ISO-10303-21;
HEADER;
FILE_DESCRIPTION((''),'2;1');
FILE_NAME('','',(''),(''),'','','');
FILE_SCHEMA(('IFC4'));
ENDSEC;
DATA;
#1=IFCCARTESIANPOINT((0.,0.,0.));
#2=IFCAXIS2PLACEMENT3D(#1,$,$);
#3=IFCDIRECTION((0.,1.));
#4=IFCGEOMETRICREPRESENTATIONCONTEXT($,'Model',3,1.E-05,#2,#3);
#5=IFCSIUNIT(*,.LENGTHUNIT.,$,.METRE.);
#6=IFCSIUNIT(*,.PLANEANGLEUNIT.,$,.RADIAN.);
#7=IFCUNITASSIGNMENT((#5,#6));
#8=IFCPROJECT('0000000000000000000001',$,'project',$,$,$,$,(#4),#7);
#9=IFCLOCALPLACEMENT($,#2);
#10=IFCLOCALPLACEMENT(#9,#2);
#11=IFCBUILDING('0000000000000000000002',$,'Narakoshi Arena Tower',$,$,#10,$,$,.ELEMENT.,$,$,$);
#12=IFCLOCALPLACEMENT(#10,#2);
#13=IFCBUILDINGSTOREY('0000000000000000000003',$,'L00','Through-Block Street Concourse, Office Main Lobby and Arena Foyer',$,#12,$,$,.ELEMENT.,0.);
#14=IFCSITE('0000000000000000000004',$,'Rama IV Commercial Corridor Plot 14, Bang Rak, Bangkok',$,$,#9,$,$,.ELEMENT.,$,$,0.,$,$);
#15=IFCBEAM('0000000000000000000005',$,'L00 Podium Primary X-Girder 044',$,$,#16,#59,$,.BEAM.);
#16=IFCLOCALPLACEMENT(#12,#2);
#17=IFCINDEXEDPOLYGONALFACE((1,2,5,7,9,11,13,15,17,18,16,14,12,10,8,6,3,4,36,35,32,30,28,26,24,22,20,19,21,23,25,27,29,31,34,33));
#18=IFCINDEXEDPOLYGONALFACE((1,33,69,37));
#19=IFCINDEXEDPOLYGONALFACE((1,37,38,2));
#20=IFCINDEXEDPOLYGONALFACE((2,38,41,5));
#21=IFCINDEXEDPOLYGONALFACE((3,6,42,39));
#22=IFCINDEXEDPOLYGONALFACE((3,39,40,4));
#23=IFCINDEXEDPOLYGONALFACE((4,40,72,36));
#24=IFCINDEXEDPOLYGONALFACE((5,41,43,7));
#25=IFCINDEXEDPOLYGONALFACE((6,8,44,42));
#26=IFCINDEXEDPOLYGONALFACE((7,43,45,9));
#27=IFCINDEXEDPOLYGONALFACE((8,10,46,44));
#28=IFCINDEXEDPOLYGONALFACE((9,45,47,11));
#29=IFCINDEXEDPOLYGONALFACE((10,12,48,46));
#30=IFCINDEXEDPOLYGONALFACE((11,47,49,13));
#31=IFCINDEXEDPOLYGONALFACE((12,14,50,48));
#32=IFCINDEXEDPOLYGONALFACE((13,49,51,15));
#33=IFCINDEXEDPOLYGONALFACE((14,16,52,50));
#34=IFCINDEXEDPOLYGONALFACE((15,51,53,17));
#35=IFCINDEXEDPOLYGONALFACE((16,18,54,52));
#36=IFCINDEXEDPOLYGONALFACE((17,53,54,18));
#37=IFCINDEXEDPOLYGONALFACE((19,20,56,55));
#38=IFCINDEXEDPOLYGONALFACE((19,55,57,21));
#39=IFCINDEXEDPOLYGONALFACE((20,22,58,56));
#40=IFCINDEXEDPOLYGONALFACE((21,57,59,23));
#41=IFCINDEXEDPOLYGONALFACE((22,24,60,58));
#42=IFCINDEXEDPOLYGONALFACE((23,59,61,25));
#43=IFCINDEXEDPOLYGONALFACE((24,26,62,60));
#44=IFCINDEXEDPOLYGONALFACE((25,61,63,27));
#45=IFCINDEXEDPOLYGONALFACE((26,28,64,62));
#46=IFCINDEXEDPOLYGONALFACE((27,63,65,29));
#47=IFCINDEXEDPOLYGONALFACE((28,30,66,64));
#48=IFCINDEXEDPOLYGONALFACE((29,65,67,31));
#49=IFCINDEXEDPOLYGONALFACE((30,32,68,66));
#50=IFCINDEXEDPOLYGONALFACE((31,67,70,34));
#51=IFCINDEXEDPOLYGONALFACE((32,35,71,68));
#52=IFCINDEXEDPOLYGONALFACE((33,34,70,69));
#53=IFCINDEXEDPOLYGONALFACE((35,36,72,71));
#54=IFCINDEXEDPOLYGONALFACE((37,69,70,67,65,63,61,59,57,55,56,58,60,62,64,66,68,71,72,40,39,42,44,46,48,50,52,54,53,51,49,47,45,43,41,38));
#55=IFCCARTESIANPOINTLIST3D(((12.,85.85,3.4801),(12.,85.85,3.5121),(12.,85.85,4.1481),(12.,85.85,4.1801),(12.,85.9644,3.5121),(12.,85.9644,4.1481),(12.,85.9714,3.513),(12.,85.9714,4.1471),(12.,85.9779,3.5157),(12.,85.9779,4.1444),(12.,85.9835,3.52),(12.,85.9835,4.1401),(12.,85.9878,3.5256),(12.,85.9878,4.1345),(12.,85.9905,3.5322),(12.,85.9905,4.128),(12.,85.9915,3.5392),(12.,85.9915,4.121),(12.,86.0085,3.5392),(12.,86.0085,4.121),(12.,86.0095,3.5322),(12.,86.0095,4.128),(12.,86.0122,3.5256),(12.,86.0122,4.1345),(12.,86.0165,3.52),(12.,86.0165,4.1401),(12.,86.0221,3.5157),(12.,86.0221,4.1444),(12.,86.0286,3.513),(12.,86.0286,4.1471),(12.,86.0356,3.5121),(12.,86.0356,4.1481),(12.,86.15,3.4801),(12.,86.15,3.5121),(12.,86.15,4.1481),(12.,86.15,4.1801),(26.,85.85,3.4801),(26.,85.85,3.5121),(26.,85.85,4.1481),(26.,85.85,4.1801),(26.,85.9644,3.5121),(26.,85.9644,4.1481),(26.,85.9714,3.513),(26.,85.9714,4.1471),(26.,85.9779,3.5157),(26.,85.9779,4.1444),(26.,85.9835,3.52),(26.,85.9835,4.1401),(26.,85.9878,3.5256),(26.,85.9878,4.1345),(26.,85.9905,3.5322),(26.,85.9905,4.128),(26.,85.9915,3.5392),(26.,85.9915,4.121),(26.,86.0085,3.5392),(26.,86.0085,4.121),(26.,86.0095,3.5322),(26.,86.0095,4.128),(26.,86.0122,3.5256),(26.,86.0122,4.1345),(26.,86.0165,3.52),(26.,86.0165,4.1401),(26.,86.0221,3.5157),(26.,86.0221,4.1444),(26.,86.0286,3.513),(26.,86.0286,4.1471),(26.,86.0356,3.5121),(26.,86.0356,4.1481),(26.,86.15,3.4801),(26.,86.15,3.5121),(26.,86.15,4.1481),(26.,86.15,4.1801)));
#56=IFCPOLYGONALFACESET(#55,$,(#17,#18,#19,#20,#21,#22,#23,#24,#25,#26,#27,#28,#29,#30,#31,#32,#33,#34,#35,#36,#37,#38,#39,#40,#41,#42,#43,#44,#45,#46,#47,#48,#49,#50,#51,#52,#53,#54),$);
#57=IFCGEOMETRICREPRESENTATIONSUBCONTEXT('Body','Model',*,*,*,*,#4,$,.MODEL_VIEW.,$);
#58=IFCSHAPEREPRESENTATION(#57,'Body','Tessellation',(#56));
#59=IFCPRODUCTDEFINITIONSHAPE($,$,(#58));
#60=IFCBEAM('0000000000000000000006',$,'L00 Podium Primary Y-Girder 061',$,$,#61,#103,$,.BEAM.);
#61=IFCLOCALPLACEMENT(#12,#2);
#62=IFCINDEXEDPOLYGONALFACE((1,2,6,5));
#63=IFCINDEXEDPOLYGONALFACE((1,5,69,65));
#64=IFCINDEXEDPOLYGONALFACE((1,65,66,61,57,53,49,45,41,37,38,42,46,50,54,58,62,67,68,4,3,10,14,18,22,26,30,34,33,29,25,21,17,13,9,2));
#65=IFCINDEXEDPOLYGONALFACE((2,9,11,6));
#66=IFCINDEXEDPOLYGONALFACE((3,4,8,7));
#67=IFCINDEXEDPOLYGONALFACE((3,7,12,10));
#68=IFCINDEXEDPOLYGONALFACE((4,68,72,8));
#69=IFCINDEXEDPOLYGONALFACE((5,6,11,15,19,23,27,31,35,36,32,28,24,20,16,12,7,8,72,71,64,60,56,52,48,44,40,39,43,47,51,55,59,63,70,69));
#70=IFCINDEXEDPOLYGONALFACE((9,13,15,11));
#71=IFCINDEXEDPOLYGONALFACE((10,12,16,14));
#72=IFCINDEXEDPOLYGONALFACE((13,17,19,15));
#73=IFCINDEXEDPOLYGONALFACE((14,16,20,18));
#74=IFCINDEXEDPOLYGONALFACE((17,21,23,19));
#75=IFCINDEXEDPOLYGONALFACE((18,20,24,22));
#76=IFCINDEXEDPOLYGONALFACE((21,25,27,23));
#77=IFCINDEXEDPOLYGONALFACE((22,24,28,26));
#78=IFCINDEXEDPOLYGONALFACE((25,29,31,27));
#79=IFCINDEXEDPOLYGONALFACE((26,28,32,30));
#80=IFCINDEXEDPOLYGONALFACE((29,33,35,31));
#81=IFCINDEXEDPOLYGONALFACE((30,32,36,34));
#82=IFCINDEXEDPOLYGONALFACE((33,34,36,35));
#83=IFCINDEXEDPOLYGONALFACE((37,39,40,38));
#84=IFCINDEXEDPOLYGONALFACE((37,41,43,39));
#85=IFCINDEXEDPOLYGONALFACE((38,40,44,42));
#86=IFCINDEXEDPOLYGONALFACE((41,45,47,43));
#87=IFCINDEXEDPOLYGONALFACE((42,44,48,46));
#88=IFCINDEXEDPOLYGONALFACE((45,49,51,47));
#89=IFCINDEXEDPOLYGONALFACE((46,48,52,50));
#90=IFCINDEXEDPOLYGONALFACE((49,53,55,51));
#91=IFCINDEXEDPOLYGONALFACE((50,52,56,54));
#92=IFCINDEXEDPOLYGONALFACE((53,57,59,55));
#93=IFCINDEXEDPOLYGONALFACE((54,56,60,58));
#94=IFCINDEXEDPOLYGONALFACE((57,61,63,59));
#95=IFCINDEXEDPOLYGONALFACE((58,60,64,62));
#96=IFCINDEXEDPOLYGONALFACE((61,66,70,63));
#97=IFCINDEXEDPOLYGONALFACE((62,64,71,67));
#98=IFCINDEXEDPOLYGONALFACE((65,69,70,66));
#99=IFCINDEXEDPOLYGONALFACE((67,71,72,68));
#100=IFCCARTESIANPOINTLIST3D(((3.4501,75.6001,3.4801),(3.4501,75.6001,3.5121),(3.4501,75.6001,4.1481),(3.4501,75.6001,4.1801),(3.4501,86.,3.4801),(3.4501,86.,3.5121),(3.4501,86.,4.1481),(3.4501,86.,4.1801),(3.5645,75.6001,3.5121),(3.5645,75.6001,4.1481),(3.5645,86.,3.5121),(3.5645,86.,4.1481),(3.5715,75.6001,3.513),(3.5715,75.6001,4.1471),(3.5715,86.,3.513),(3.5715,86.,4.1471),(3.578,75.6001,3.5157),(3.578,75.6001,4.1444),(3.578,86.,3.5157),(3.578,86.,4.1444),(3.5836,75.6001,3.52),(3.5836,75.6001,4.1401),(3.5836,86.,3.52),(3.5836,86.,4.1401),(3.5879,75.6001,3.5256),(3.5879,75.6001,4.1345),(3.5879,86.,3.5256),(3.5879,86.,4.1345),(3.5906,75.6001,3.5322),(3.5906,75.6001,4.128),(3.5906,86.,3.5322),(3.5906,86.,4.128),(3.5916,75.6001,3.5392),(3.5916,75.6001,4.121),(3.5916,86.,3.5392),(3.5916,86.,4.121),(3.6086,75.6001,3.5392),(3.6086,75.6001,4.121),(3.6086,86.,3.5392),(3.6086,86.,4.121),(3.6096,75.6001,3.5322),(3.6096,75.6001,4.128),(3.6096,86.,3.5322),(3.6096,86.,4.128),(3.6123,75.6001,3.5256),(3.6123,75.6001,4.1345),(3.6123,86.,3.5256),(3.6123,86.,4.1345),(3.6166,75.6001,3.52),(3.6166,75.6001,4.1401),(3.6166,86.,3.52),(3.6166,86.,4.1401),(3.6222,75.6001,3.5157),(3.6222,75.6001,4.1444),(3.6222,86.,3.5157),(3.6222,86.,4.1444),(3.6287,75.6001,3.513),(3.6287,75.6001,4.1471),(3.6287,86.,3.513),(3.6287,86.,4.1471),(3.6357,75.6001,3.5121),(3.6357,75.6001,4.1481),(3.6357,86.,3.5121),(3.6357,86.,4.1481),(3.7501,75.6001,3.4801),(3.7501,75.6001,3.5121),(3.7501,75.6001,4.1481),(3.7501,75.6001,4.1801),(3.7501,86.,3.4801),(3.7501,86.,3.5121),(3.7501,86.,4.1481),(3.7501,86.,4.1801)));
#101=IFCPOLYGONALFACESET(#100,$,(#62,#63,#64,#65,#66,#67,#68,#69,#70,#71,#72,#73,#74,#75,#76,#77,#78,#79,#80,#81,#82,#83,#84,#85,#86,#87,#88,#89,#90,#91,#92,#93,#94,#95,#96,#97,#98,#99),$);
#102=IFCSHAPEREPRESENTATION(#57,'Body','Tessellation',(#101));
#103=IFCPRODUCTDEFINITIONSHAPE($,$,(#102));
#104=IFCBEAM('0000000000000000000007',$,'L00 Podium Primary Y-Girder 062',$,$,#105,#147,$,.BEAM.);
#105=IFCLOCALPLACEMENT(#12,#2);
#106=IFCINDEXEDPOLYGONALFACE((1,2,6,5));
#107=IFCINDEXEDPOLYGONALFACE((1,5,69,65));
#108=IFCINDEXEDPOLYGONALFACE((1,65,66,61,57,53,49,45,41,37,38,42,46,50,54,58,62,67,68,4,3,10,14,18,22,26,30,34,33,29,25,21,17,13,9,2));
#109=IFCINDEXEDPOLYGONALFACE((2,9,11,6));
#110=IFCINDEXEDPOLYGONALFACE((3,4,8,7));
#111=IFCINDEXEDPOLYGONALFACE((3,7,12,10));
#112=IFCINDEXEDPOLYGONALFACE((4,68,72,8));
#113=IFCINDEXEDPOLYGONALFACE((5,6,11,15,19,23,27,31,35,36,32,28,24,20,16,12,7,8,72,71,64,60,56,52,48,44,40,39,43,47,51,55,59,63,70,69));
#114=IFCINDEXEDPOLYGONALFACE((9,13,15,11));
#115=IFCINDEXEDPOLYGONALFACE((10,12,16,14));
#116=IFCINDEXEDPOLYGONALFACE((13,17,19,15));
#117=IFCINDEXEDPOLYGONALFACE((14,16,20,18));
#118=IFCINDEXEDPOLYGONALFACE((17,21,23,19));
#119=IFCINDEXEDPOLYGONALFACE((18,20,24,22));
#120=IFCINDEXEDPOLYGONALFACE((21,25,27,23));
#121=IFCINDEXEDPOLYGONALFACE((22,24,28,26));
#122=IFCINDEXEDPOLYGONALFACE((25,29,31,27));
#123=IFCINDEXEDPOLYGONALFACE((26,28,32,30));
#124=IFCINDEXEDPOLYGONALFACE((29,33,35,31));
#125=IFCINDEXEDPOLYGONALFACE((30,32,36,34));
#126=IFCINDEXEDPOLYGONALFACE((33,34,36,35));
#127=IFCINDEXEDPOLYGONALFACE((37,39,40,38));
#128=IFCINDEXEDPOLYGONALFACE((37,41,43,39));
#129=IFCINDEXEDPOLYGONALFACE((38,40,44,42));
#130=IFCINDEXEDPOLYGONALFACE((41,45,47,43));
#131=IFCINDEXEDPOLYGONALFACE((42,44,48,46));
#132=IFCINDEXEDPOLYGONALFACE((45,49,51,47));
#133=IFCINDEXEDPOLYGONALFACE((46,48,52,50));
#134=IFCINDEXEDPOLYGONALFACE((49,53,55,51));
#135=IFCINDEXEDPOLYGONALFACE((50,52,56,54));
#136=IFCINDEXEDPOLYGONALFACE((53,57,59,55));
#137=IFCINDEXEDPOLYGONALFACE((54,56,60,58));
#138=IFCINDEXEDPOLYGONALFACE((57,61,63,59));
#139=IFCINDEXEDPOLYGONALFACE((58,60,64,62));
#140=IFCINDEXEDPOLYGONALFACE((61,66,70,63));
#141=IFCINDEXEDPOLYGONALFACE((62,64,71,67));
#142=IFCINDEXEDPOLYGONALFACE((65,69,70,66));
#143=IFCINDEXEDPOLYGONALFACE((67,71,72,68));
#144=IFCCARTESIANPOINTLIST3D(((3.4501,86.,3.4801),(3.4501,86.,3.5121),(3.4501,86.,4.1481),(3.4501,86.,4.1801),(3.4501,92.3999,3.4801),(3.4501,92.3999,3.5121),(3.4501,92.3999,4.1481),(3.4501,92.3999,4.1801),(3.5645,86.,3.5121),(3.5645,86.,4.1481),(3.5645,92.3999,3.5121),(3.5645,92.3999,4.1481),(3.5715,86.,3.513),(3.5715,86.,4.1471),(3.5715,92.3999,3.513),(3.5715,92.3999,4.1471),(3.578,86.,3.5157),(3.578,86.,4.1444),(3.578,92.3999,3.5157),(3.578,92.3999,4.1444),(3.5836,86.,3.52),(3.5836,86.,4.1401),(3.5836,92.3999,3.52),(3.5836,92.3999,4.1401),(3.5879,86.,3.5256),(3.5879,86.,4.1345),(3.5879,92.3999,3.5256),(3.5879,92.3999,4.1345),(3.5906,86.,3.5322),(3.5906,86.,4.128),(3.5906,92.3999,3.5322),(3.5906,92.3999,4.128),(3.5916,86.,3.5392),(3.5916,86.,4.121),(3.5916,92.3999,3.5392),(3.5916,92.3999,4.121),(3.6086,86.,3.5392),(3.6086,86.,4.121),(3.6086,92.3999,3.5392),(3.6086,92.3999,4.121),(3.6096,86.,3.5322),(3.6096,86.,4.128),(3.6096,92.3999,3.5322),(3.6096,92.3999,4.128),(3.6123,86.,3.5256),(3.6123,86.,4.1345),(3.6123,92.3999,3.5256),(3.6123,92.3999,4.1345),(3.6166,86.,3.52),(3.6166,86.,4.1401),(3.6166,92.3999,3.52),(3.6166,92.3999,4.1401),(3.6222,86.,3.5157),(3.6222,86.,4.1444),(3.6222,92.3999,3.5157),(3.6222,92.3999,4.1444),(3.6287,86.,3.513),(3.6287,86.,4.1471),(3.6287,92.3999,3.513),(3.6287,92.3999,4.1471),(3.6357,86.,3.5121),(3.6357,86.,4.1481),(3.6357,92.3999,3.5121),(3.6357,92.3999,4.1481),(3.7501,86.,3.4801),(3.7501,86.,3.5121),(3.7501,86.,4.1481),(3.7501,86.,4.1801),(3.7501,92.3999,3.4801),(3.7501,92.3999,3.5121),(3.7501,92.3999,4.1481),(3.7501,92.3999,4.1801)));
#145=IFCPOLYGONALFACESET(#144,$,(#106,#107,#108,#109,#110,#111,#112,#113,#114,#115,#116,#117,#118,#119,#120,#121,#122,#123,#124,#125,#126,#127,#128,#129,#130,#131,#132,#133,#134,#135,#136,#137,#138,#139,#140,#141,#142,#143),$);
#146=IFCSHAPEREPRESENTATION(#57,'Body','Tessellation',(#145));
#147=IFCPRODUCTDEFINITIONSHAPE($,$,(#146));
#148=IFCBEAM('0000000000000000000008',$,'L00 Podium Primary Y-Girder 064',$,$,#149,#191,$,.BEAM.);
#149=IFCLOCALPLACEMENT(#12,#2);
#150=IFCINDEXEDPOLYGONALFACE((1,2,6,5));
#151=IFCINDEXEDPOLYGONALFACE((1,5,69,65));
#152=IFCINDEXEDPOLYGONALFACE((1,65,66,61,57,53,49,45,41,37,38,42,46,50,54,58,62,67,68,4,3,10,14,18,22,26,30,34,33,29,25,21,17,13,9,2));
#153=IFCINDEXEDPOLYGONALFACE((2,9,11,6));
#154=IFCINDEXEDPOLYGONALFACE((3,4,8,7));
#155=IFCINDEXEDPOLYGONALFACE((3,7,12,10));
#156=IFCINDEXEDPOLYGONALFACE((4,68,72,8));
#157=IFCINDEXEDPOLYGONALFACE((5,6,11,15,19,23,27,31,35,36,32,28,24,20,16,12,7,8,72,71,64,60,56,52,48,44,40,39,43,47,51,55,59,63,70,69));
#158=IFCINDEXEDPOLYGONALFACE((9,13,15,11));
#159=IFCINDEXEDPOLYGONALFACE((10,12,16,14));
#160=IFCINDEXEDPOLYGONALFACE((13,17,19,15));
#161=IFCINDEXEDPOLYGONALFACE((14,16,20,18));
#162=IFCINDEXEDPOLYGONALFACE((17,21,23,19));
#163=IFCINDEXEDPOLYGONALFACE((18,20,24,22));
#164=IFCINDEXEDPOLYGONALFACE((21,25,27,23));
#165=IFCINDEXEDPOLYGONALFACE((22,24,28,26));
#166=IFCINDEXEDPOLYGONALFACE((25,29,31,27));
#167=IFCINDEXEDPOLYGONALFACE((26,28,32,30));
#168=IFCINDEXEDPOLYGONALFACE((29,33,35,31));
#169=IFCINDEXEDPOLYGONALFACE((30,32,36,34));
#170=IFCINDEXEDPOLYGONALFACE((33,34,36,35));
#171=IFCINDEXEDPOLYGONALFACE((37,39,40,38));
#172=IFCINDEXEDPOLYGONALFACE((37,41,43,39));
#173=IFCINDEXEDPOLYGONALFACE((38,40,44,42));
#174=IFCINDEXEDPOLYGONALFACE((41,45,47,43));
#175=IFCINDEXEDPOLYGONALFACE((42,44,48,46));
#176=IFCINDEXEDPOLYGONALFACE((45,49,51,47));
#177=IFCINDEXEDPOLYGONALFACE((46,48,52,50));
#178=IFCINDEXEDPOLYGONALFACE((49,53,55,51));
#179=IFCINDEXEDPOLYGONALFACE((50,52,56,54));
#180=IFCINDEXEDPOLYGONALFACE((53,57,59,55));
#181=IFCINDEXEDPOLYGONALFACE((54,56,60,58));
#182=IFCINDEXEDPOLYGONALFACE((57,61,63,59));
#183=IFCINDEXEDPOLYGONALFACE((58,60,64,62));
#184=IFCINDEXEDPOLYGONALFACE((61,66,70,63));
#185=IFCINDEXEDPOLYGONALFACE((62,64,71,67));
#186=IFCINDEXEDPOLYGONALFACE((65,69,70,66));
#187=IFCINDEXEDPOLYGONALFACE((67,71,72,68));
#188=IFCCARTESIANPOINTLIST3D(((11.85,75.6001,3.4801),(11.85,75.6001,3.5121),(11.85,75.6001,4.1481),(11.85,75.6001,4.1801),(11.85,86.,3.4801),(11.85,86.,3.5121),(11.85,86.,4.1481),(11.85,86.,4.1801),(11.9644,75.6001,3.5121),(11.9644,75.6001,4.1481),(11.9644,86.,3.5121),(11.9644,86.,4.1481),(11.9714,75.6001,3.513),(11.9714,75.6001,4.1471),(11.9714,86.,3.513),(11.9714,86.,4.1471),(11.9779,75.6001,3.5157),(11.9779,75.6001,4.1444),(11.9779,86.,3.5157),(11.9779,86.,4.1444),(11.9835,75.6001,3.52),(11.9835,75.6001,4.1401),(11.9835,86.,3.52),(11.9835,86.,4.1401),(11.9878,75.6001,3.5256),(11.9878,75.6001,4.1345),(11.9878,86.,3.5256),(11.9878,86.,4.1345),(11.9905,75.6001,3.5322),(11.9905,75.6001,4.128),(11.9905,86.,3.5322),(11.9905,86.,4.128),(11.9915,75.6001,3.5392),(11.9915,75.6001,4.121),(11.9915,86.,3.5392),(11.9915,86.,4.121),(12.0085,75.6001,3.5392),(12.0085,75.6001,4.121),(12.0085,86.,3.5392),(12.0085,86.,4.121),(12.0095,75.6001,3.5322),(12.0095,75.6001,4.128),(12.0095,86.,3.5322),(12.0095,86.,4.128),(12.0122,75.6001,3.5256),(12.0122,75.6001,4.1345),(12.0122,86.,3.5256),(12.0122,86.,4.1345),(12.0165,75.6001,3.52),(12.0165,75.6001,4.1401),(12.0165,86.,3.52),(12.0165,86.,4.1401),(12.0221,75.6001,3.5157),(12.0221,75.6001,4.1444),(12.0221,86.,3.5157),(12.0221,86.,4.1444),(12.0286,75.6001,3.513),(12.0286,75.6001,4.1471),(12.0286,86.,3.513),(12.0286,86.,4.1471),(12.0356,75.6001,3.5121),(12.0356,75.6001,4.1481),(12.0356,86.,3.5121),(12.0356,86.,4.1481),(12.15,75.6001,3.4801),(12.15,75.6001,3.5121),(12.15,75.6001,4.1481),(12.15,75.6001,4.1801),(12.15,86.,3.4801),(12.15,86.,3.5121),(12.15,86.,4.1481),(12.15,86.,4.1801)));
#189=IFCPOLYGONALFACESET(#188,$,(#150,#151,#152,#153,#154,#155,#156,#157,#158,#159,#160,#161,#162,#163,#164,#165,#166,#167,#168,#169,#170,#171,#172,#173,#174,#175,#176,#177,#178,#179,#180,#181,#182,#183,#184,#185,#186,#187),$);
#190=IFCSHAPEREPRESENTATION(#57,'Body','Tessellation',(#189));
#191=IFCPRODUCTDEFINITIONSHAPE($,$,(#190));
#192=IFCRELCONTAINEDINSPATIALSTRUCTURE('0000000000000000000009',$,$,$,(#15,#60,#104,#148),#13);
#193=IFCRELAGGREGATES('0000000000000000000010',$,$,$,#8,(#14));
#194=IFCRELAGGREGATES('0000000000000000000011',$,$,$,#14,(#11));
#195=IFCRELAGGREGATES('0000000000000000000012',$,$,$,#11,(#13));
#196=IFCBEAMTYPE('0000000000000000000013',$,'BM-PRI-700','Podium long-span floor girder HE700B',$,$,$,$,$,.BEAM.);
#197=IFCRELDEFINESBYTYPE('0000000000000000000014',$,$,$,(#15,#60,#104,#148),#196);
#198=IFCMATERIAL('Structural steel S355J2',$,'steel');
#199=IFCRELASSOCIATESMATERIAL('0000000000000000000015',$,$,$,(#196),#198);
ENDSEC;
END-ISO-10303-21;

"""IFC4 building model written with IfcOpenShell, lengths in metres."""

from ifc_helpers import new_model, si_unit, direction, frame, origin, origin_2d, place, context, subcontext, project, spatial, i_section, extrude, material, material_profile, profile_set, type_object, element, save


model = new_model("IFC4")

# Units and contexts
model_context = context("Model", 3, precision=1e-05, world=origin(), true_north=direction((0.0, 1.0)))
body_context = subcontext(model_context, "Body", "Model", "MODEL_VIEW")
ifc_project = project(units=[si_unit("LENGTHUNIT", "METRE"), si_unit("PLANEANGLEUNIT", "RADIAN")], contexts=[model_context])

# Site, building, storey
site_placement = place(None, origin())
site = spatial("IfcSite", under=ifc_project, at=site_placement, Name="Rama IV Commercial Corridor Plot 14, Bang Rak, Bangkok", CompositionType="ELEMENT", RefElevation=0.0)
building_placement = place(site_placement, origin())
building = spatial("IfcBuilding", under=site, at=building_placement, Name="Narakoshi Arena Tower", CompositionType="ELEMENT")
storey_placement = place(building_placement, origin())
storey = spatial("IfcBuildingStorey", under=building, at=storey_placement, Name="L00", Description="Through-Block Street Concourse, Office Main Lobby and Arena Foyer", CompositionType="ELEMENT", Elevation=0.0)

# Shared definitions
ifc_material_1 = material(Name="Structural steel S355J2", Category="steel")

# Beams
ifc_material_profile_1 = material_profile(ifc_material_1, i_section(OverallWidth=0.3, OverallDepth=0.7, WebThickness=0.0171, FlangeThickness=0.032, FilletRadius=0.0271, at=origin_2d()), Name="HE700B")
ifc_profile_set_1 = profile_set([ifc_material_profile_1], Name="Structural steel S355J2")
beam_type_1 = type_object("IfcBeamType", Name="BM-PRI-700", Description="Podium long-span floor girder HE700B", PredefinedType="BEAM", material=ifc_profile_set_1)
beam_1_placement = place(storey_placement, frame((12.0, 86.0, 3.8301), z_axis=(1.0, 0.0, 0.0), x_axis=(0.0, 1.0, 0.0)))
element("IfcBeam", 1, at=beam_1_placement, inside=storey, type_object=beam_type_1, Name="L00 Podium Primary X-Girder 044", PredefinedType="BEAM", context=body_context, shape_type="SweptSolid", body=[
    extrude(i_section(OverallWidth=0.3, OverallDepth=0.7, WebThickness=0.0171, FlangeThickness=0.032, FilletRadius=0.0271, at=origin_2d()), origin(), (0.0, 0.0, 1.0), 14.0),
])
beam_2_placement = place(storey_placement, frame((3.6001, 75.6001, 3.8301), z_axis=(0.0, 1.0, 0.0), x_axis=(-1.0, 0.0, 0.0)))
element("IfcBeam", 2, at=beam_2_placement, inside=storey, type_object=beam_type_1, Name="L00 Podium Primary Y-Girder 061", PredefinedType="BEAM", context=body_context, shape_type="SweptSolid", body=[
    extrude(i_section(OverallWidth=0.3, OverallDepth=0.7, WebThickness=0.0171, FlangeThickness=0.032, FilletRadius=0.0271, at=origin_2d()), origin(), (0.0, 0.0, 1.0), 10.3999),
])
beam_3_placement = place(storey_placement, frame((3.6001, 86.0, 3.8301), z_axis=(0.0, 1.0, 0.0), x_axis=(-1.0, 0.0, 0.0)))
element("IfcBeam", 3, at=beam_3_placement, inside=storey, type_object=beam_type_1, Name="L00 Podium Primary Y-Girder 062", PredefinedType="BEAM", context=body_context, shape_type="SweptSolid", body=[
    extrude(i_section(OverallWidth=0.3, OverallDepth=0.7, WebThickness=0.0171, FlangeThickness=0.032, FilletRadius=0.0271, at=origin_2d()), origin(), (0.0, 0.0, 1.0), 6.3999),
])
beam_4_placement = place(storey_placement, frame((12.0, 75.6001, 3.8301), z_axis=(0.0, 1.0, 0.0), x_axis=(-1.0, 0.0, 0.0)))
element("IfcBeam", 4, at=beam_4_placement, inside=storey, type_object=beam_type_1, Name="L00 Podium Primary Y-Girder 064", PredefinedType="BEAM", context=body_context, shape_type="SweptSolid", body=[
    extrude(i_section(OverallWidth=0.3, OverallDepth=0.7, WebThickness=0.0171, FlangeThickness=0.032, FilletRadius=0.0271, at=origin_2d()), origin(), (0.0, 0.0, 1.0), 10.3999),
])

save(model, "model.ifc")
